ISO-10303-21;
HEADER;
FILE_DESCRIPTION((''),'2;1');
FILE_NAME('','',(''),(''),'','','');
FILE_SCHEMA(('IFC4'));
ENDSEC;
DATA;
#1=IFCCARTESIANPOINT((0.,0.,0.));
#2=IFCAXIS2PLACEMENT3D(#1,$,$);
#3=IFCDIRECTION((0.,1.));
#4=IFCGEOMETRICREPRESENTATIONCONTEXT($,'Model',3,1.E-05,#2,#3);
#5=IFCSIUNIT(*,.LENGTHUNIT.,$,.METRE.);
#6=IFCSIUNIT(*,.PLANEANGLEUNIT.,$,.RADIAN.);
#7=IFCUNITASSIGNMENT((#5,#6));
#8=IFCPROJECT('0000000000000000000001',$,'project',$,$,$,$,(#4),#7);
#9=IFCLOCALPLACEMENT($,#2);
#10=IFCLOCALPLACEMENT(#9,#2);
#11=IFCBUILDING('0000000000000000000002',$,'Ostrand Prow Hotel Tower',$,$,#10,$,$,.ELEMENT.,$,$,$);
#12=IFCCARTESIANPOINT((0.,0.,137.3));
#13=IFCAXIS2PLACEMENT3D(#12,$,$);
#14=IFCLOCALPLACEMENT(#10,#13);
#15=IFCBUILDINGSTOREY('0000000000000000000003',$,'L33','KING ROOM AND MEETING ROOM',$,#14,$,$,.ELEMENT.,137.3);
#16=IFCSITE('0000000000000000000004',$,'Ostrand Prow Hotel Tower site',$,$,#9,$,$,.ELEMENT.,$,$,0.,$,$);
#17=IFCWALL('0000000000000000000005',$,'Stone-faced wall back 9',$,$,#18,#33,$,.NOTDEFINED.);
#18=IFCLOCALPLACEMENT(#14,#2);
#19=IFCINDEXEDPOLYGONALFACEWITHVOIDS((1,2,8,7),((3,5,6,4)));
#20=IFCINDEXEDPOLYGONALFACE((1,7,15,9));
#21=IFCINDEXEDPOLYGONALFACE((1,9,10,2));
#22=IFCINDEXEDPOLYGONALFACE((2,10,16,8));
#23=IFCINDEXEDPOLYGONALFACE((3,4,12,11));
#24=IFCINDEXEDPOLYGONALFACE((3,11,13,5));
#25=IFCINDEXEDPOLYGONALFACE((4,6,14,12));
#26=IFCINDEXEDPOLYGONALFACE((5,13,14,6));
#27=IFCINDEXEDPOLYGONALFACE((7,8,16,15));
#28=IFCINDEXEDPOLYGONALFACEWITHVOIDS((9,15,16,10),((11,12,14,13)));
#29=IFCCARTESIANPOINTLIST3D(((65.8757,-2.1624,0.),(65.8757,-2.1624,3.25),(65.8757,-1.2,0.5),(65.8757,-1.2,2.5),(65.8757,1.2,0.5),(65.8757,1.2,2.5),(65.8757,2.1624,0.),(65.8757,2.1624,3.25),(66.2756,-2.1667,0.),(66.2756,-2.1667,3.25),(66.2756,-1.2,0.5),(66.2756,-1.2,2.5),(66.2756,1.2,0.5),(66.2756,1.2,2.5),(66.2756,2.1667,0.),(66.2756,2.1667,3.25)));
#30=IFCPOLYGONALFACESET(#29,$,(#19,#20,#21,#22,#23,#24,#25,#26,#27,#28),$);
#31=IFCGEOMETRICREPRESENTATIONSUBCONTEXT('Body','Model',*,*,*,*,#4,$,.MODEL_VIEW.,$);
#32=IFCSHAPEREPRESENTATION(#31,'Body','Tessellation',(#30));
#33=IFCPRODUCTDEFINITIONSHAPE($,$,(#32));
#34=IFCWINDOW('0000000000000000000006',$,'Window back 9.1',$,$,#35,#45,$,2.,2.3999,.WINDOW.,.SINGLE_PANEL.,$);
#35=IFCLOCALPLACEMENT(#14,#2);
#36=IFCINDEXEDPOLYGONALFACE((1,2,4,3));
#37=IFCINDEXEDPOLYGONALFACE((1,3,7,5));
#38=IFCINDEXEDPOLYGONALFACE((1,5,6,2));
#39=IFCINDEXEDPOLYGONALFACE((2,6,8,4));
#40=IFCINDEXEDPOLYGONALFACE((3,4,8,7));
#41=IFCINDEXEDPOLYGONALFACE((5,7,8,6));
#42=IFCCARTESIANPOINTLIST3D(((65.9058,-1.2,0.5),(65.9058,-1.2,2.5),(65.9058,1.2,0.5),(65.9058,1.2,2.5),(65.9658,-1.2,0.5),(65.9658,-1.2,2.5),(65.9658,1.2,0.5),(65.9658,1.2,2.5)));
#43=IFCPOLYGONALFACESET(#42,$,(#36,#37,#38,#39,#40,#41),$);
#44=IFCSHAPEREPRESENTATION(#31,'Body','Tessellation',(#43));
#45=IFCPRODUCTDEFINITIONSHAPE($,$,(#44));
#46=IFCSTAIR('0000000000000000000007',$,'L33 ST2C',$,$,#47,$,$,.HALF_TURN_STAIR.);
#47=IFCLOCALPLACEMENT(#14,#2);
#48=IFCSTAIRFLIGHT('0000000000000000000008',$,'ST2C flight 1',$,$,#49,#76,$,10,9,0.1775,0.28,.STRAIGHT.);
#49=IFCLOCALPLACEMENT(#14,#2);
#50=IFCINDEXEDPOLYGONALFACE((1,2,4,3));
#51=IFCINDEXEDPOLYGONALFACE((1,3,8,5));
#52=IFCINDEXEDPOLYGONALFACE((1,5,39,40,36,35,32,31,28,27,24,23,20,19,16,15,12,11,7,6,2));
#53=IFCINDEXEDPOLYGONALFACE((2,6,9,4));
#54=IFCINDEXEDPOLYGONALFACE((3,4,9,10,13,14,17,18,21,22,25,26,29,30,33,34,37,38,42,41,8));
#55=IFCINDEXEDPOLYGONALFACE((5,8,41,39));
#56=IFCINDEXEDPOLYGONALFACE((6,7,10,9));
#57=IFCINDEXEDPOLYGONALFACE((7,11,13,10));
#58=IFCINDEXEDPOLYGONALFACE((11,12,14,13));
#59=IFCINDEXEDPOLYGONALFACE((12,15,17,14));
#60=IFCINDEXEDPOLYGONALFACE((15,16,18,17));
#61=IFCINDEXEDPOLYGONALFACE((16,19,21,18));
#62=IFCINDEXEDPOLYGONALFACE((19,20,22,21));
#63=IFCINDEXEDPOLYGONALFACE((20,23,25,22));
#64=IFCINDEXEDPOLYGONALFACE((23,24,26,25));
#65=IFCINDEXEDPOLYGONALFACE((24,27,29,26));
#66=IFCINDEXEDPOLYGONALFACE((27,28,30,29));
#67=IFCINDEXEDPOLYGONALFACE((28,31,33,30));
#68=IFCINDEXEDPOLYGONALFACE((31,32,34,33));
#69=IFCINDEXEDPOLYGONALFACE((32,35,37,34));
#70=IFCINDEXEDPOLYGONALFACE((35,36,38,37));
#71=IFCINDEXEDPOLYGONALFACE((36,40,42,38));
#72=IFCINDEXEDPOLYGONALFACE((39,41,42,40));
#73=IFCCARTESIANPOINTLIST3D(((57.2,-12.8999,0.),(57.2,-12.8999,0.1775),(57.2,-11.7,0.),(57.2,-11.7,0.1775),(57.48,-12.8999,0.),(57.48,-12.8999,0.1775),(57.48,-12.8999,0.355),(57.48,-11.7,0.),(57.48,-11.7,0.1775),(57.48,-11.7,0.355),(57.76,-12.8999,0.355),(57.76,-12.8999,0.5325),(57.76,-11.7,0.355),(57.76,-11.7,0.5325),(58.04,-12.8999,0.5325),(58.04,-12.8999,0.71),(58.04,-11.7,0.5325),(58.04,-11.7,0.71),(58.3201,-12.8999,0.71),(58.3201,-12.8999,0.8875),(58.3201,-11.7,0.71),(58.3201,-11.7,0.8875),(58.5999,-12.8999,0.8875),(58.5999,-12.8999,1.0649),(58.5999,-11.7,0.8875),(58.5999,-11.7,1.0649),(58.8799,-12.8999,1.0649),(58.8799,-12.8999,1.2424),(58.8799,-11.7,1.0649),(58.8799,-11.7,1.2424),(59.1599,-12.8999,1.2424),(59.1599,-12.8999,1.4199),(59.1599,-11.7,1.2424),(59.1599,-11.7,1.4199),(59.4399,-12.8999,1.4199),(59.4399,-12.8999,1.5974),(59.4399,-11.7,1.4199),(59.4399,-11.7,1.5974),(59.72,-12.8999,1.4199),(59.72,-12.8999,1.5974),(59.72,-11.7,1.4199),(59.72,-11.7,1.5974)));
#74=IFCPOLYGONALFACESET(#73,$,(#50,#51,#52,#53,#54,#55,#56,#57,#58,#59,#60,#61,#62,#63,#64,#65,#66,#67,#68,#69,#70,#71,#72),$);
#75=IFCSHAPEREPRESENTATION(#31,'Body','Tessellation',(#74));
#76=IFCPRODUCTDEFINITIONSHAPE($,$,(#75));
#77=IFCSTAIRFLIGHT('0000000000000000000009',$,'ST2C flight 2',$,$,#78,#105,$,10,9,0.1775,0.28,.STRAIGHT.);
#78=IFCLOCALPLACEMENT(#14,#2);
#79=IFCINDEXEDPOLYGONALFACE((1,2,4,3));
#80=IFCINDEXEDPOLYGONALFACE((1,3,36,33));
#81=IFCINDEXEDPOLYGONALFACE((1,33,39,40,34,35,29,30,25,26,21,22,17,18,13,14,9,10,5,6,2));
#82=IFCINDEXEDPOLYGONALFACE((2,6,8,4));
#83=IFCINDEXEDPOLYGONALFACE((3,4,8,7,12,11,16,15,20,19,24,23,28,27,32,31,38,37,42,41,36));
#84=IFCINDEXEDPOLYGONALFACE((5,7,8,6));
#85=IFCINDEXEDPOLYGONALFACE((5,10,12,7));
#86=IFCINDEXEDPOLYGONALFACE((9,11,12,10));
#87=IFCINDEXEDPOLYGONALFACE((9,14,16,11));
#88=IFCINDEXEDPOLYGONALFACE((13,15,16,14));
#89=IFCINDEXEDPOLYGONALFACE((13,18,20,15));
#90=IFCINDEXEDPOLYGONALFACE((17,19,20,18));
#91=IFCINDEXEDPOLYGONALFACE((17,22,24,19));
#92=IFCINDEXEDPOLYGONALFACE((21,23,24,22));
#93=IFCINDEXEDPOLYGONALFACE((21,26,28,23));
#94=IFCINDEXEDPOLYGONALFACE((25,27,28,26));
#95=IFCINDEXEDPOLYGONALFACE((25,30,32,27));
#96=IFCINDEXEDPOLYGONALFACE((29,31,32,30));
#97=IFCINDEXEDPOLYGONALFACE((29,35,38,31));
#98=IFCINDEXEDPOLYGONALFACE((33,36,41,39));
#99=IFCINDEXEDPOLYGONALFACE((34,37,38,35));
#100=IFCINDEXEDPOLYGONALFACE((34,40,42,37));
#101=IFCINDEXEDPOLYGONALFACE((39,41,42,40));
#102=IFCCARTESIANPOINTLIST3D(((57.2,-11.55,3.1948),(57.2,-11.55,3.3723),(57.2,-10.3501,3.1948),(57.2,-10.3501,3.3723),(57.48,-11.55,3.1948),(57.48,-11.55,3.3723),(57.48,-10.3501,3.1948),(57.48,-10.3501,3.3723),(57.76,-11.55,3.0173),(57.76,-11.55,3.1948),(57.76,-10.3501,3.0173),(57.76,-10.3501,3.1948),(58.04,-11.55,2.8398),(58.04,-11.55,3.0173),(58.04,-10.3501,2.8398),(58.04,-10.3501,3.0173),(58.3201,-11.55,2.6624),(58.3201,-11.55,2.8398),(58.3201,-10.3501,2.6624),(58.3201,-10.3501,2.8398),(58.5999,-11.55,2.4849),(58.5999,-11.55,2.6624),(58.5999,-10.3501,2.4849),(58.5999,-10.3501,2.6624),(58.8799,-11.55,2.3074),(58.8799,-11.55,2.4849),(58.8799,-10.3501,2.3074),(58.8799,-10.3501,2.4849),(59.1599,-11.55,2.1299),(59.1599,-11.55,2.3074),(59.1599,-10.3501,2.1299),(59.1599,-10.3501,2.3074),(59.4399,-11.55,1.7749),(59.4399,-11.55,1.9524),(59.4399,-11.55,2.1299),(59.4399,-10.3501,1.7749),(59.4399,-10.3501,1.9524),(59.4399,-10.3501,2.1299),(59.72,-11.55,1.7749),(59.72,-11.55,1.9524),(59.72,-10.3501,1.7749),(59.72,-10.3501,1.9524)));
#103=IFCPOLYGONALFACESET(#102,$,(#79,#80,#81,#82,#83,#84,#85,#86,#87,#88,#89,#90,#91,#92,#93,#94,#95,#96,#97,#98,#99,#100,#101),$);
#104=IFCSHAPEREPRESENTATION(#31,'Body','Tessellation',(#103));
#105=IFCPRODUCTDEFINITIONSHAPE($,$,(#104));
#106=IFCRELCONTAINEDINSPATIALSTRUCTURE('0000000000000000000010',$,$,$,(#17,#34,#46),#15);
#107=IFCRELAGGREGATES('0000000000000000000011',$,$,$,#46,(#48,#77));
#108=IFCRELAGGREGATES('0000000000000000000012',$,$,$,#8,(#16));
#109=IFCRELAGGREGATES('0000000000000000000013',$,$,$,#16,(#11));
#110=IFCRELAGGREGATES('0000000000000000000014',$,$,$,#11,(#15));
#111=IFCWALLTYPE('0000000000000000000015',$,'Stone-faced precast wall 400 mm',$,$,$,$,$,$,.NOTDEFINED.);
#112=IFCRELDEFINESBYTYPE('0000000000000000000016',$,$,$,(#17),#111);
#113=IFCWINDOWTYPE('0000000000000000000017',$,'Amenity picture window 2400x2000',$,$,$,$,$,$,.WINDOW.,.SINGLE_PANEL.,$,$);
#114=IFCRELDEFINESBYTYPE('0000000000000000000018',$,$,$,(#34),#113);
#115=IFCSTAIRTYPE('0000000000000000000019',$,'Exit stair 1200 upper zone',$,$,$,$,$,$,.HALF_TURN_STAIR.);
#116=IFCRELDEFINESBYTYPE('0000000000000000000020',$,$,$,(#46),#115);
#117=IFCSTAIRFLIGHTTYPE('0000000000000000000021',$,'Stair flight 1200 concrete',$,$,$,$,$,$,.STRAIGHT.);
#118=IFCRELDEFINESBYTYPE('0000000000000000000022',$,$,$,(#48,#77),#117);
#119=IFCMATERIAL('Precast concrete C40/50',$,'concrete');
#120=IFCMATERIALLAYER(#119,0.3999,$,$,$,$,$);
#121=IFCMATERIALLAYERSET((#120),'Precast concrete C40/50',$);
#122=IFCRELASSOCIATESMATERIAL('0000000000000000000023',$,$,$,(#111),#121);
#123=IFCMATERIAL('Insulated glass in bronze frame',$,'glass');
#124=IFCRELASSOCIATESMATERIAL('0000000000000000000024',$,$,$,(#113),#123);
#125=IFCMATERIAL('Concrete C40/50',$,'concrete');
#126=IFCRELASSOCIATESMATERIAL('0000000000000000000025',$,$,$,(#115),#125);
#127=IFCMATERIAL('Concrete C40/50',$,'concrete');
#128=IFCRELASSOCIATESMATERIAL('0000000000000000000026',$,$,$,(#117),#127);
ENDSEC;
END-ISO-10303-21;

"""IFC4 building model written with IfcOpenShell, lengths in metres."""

from ifc_helpers import new_model, si_unit, direction, frame, frame_2d, origin, place, context, subcontext, project, spatial, polyline, rectangle, outline, extrude, material, layer, layer_set, type_object, element, fill, aggregate, save


model = new_model("IFC4")

# Units and contexts
model_context = context("Model", 3, precision=1e-05, world=origin(), true_north=direction((0.0, 1.0)))
body_context = subcontext(model_context, "Body", "Model", "MODEL_VIEW")
ifc_project = project(units=[si_unit("LENGTHUNIT", "METRE"), si_unit("PLANEANGLEUNIT", "RADIAN")], contexts=[model_context])

# Site, building, storey
site_placement = place(None, origin())
site = spatial("IfcSite", under=ifc_project, at=site_placement, Name="Ostrand Prow Hotel Tower site", CompositionType="ELEMENT", RefElevation=0.0)
building_placement = place(site_placement, origin())
building = spatial("IfcBuilding", under=site, at=building_placement, Name="Ostrand Prow Hotel Tower", CompositionType="ELEMENT")
storey_placement = place(building_placement, frame((0.0, 0.0, 137.3)))
storey = spatial("IfcBuildingStorey", under=building, at=storey_placement, Name="L33", Description="KING ROOM AND MEETING ROOM", CompositionType="ELEMENT", Elevation=137.3)

# Shared definitions
ifc_material_1 = material(Name="Precast concrete C40/50", Category="concrete")
ifc_layer_1 = layer(ifc_material_1, 0.3999)
ifc_layer_set_1 = layer_set([ifc_layer_1], Name="Precast concrete C40/50")
wall_type_1 = type_object("IfcWallType", Name="Stone-faced precast wall 400 mm", PredefinedType="NOTDEFINED", material=ifc_layer_set_1)
ifc_material_2 = material(Name="Insulated glass in bronze frame", Category="glass")
window_type = type_object("IfcWindowType", Name="Amenity picture window 2400x2000", PartitioningType="SINGLE_PANEL", PredefinedType="WINDOW", material=ifc_material_2)

# Wall, opening, window
wall_1_placement = place(storey_placement, frame((66.0757, -2.1646, 0.0), z_axis=(0.0, 0.0, 1.0), x_axis=(0.0, 1.0, 0.0)))
wall_1 = element("IfcWall", 1, at=wall_1_placement, inside=storey, type_object=wall_type_1, Name="Stone-faced wall back 9", PredefinedType="NOTDEFINED", context=body_context, shape_type="SweptSolid", body=[
    extrude(outline(polyline([(-0.0022, -0.2), (4.3313, -0.2), (4.3269, 0.2), (0.0022, 0.2), (-0.0022, -0.2)])), origin(), (0.0, 0.0, 1.0), 3.25),
])
opening_1_placement = place(wall_1_placement, frame((0.9646, 0.0, 0.5)))
opening_1 = element("IfcOpeningElement", 2, at=opening_1_placement, cuts=wall_1, PredefinedType="OPENING", context=body_context, shape_type="SweptSolid", body=[
    extrude(rectangle(XDim=2.3999, YDim=2.0, at=frame_2d((1.2, 1.0))), frame((0.0, 0.21, 0.0), z_axis=(0.0, -1.0, 0.0), x_axis=(1.0, 0.0, 0.0)), (0.0, 0.0, 1.0), 0.4199),
])
window_1_placement = place(opening_1_placement, origin())
window_1 = element("IfcWindow", 3, at=window_1_placement, inside=storey, type_object=window_type, Name="Window back 9.1", OverallHeight=2.0, OverallWidth=2.3999, PartitioningType="SINGLE_PANEL", PredefinedType="WINDOW", context=body_context, shape_type="SweptSolid", body=[
    extrude(rectangle(XDim=2.3999, YDim=2.0, at=frame_2d((1.2, 1.0))), frame((0.0, 0.1699, 0.0), z_axis=(0.0, -1.0, 0.0), x_axis=(1.0, 0.0, 0.0)), (0.0, 0.0, 1.0), 0.0601),
])
fill(opening_1, window_1)

# Stair, stair flights
ifc_material_3 = material(Name="Concrete C40/50", Category="concrete")
stair_type = type_object("IfcStairType", Name="Exit stair 1200 upper zone", PredefinedType="HALF_TURN_STAIR", material=ifc_material_3)
stair_placement = place(storey_placement, origin())
stair = element("IfcStair", 4, at=stair_placement, inside=storey, type_object=stair_type, Name="L33 ST2C", PredefinedType="HALF_TURN_STAIR")
ifc_material_4 = material(Name="Concrete C40/50", Category="concrete")
stair_flight_type = type_object("IfcStairFlightType", Name="Stair flight 1200 concrete", PredefinedType="STRAIGHT", material=ifc_material_4)
stair_flight_1_placement = place(storey_placement, frame((57.2, -12.3, 0.0), z_axis=(0.0, 0.0, 1.0), x_axis=(1.0, 0.0, 0.0)))
stair_flight_1 = element("IfcStairFlight", 5, at=stair_flight_1_placement, type_object=stair_flight_type, Name="ST2C flight 1", NumberOfRisers=10, NumberOfTreads=9, PredefinedType="STRAIGHT", RiserHeight=0.1775, TreadLength=0.28, context=body_context, shape_type="SweptSolid", body=[
    extrude(outline(polyline([(0.0, 0.0), (0.0, 0.1775), (0.28, 0.1775), (0.28, 0.355), (0.5601, 0.355), (0.5601, 0.5325), (0.8401, 0.5325), (0.8401, 0.71), (1.1201, 0.71), (1.1201, 0.8875), (1.3999, 0.8875), (1.3999, 1.0649), (1.6799, 1.0649), (1.6799, 1.2424), (1.96, 1.2424), (1.96, 1.4199), (2.24, 1.4199), (2.24, 1.5974), (2.52, 1.5974), (2.52, 1.7749), (2.52, 1.4199), (0.28, 0.0), (0.0, 0.0)])), frame((0.0, 0.6001, 0.0), z_axis=(0.0, -1.0, 0.0), x_axis=(1.0, 0.0, 0.0)), (0.0, 0.0, 1.0), 1.2),
])
stair_flight_2_placement = place(storey_placement, frame((59.72, -10.95, 1.7749), z_axis=(0.0, 0.0, 1.0), x_axis=(-1.0, 0.0, 0.0)))
stair_flight_2 = element("IfcStairFlight", 6, at=stair_flight_2_placement, type_object=stair_flight_type, Name="ST2C flight 2", NumberOfRisers=10, NumberOfTreads=9, PredefinedType="STRAIGHT", RiserHeight=0.1775, TreadLength=0.28, context=body_context, shape_type="SweptSolid", body=[
    extrude(outline(polyline([(0.0, 0.0), (0.0, 0.1775), (0.28, 0.1775), (0.28, 0.355), (0.5601, 0.355), (0.5601, 0.5325), (0.8401, 0.5325), (0.8401, 0.71), (1.1201, 0.71), (1.1201, 0.8875), (1.3999, 0.8875), (1.3999, 1.0649), (1.6799, 1.0649), (1.6799, 1.2424), (1.96, 1.2424), (1.96, 1.4199), (2.24, 1.4199), (2.24, 1.5974), (2.52, 1.5974), (2.52, 1.7749), (2.52, 1.4199), (0.28, 0.0), (0.0, 0.0)])), frame((0.0, 0.6001, 0.0), z_axis=(0.0, -1.0, 0.0), x_axis=(1.0, 0.0, 0.0)), (0.0, 0.0, 1.0), 1.2),
])
aggregate(stair, [stair_flight_1, stair_flight_2])

save(model, "model.ifc")
